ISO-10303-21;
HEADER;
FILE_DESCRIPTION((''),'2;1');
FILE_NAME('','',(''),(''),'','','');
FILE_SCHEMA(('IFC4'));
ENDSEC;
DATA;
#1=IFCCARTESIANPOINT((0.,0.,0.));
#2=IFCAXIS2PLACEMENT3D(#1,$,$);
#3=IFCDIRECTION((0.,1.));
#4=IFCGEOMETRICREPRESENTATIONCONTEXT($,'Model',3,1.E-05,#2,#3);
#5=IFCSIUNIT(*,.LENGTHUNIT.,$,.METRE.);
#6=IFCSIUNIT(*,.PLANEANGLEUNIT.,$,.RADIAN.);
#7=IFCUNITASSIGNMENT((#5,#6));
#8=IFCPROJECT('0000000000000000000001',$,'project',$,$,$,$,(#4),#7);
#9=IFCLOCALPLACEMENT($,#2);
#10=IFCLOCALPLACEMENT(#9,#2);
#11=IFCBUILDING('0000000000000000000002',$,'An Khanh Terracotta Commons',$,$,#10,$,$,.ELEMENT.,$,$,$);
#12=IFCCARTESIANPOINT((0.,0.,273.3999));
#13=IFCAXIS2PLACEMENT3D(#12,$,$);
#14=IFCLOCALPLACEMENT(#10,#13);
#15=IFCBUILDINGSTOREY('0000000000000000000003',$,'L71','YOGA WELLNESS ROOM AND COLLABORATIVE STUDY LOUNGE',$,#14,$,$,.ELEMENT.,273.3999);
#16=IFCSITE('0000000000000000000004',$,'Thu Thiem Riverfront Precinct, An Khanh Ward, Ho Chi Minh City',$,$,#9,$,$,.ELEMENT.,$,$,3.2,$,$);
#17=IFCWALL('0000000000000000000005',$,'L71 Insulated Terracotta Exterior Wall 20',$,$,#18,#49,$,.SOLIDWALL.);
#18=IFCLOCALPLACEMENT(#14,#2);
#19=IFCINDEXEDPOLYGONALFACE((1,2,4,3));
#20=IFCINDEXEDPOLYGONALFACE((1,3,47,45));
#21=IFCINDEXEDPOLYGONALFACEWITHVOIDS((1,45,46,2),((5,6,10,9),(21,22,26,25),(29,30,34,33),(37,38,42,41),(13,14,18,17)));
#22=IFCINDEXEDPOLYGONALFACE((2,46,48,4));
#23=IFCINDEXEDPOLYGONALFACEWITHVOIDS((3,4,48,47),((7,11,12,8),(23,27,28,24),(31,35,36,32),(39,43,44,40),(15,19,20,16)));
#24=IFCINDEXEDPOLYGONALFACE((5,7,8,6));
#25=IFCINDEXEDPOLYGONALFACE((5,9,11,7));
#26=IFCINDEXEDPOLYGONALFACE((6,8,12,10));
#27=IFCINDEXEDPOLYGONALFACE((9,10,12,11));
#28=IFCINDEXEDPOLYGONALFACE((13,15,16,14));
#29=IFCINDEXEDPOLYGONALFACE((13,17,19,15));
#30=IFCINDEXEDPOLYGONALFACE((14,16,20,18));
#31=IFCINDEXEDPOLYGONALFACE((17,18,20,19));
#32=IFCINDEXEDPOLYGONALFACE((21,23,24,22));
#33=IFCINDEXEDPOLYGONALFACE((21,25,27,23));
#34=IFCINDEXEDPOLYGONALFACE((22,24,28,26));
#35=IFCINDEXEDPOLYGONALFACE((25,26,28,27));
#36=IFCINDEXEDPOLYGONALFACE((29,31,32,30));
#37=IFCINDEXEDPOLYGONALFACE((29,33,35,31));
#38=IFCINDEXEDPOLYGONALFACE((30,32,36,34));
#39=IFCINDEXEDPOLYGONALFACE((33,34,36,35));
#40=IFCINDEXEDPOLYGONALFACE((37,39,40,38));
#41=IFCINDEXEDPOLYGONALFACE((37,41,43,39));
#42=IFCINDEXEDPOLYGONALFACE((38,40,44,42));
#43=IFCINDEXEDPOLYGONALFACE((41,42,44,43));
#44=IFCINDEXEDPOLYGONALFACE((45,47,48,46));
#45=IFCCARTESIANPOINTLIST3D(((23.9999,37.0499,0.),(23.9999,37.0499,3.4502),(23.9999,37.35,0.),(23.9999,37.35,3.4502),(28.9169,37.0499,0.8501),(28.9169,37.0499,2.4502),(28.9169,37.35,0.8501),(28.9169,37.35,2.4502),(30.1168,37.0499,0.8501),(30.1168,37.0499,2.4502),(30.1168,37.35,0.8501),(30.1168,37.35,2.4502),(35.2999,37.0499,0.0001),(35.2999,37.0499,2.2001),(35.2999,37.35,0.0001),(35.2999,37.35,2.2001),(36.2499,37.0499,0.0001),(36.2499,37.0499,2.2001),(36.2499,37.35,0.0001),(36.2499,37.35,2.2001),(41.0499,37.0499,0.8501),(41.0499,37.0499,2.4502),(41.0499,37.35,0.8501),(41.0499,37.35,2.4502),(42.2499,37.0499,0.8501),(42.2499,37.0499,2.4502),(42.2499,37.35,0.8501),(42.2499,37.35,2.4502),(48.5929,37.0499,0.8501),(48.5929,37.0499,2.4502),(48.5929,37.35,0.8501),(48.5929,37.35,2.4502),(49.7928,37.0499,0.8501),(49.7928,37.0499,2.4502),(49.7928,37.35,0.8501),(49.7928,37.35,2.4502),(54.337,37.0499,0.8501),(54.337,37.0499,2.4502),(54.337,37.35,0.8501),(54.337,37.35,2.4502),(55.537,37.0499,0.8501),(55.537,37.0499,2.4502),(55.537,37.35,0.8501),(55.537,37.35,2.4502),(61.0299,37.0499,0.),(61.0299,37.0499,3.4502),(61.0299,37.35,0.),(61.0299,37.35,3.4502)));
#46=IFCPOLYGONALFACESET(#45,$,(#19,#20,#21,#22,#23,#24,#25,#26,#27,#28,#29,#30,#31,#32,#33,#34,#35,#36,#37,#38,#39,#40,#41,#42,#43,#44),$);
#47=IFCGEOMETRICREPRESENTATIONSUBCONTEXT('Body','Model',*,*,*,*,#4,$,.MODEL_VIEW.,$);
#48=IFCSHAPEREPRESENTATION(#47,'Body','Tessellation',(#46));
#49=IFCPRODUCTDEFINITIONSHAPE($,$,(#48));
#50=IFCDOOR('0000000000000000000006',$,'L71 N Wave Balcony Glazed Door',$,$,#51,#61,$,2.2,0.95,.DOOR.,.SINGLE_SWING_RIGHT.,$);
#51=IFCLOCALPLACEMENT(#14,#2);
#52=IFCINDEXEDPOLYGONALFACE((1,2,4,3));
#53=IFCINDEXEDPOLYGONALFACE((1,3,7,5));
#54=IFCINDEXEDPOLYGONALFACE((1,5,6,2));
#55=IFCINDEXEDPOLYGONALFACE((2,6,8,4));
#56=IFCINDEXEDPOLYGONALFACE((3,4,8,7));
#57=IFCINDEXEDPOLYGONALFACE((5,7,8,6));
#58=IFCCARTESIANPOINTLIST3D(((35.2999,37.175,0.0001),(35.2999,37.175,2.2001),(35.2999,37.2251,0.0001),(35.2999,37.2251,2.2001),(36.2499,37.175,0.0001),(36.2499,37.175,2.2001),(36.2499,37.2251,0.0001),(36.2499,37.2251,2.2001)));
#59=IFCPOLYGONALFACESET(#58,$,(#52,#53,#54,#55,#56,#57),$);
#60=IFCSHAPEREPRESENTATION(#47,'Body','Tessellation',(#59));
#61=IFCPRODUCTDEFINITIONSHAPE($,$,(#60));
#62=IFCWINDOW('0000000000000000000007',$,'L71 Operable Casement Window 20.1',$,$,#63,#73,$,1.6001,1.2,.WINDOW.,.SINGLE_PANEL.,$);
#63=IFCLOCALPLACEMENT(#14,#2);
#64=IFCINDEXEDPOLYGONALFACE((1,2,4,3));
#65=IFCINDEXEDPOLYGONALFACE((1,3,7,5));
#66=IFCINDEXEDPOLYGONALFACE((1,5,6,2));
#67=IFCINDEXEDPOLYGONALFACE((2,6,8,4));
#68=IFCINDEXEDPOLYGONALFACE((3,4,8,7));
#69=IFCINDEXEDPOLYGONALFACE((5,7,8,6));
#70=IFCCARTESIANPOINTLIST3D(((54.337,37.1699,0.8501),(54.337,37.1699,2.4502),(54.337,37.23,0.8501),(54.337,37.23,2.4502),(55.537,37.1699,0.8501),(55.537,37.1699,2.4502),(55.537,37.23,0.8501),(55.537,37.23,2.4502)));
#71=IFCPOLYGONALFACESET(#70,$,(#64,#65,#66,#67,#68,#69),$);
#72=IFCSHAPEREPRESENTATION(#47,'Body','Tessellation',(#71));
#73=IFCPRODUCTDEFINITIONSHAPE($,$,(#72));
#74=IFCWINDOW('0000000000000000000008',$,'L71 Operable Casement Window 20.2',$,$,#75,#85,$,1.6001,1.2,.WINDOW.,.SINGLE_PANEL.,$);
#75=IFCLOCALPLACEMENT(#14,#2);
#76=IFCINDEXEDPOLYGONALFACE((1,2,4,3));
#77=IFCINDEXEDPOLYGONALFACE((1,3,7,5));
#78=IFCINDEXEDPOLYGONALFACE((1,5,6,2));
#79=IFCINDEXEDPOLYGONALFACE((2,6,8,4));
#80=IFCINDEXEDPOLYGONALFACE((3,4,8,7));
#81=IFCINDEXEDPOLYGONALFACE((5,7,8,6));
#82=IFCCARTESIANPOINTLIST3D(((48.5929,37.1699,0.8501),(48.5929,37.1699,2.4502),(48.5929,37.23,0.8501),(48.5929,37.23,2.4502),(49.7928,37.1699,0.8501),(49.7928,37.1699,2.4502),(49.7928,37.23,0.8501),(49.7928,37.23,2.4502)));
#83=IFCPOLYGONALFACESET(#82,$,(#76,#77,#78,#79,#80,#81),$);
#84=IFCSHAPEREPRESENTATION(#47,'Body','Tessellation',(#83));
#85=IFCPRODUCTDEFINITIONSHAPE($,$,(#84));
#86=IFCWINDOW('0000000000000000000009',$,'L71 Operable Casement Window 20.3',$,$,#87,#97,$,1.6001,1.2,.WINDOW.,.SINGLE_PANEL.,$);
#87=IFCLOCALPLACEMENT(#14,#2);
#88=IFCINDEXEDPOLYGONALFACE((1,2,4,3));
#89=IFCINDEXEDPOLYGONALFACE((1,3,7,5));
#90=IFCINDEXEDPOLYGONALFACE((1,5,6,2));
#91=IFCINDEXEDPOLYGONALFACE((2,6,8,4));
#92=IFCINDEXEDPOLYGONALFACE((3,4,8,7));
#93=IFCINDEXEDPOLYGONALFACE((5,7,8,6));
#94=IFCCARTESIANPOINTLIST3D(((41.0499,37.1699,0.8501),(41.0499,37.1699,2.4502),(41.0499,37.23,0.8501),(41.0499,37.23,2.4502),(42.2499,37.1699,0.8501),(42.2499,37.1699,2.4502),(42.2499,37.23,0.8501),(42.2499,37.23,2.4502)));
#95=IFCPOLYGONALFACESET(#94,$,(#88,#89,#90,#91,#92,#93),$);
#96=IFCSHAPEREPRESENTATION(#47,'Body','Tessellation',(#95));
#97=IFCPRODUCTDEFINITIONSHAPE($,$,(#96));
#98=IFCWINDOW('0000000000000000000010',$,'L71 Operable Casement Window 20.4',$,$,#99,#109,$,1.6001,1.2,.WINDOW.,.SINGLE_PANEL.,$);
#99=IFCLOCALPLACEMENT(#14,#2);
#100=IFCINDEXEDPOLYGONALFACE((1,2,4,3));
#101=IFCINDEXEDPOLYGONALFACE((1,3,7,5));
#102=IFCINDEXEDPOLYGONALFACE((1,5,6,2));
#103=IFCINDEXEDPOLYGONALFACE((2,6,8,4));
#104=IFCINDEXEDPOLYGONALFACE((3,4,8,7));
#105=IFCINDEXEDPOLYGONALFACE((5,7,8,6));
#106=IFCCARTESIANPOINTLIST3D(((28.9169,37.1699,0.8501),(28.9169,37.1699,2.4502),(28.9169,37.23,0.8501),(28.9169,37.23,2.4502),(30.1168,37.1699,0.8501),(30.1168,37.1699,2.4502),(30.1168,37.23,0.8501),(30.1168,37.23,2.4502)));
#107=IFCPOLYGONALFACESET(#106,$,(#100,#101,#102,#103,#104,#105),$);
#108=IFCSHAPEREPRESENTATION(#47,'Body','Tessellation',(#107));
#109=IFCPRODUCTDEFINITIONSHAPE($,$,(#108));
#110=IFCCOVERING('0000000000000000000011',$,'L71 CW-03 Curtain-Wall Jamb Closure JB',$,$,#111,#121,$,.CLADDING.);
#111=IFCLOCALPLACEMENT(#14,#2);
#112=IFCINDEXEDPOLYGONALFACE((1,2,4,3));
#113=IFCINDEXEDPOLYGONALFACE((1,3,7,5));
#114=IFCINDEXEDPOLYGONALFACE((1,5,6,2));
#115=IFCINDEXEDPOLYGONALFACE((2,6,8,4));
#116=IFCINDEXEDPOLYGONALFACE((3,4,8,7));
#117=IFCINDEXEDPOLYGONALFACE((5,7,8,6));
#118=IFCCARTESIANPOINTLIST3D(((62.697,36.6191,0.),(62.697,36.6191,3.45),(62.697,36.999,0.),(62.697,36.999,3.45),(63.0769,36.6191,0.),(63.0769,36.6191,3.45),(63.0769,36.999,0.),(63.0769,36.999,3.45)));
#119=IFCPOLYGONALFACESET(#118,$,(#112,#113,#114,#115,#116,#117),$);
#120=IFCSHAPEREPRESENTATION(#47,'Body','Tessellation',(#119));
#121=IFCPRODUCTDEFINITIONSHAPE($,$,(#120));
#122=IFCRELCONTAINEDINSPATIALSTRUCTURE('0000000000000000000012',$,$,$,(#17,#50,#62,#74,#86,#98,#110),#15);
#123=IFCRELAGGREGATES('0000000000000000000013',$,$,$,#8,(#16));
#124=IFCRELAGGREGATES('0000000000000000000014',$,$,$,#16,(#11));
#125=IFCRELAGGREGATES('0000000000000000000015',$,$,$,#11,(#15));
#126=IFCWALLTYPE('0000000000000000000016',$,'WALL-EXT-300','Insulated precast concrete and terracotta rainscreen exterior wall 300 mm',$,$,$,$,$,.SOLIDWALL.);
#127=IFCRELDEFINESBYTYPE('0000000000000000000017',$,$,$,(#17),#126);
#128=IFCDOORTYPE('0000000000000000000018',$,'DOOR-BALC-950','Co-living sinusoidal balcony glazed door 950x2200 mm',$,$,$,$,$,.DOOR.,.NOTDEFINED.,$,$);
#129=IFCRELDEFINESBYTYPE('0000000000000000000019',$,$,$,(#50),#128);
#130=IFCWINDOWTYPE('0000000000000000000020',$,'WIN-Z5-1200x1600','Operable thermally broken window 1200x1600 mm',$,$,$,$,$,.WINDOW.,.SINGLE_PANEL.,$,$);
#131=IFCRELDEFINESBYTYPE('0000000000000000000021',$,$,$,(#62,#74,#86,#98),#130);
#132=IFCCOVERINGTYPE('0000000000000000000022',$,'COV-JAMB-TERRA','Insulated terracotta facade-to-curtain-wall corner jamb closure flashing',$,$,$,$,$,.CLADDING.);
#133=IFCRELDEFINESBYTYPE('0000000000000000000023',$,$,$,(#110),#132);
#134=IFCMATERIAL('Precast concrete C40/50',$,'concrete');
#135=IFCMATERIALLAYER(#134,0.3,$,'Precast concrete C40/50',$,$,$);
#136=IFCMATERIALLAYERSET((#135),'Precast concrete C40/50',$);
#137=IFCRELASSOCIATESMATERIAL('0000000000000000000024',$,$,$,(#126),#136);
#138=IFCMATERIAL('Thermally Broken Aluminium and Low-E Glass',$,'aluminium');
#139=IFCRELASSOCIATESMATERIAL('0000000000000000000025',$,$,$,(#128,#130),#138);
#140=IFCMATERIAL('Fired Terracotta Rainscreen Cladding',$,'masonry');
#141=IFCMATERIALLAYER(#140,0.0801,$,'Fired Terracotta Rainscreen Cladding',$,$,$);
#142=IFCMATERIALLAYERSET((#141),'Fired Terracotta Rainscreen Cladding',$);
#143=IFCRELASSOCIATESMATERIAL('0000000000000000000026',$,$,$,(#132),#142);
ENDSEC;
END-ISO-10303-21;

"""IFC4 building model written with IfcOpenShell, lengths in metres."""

from ifc_helpers import new_model, si_unit, direction, frame, frame_2d, origin, origin_2d, place, context, subcontext, project, spatial, rectangle, extrude, material, layer, layer_set, type_object, element, fill, save


model = new_model("IFC4")

# Units and contexts
model_context = context("Model", 3, precision=1e-05, world=origin(), true_north=direction((0.0, 1.0)))
body_context = subcontext(model_context, "Body", "Model", "MODEL_VIEW")
ifc_project = project(units=[si_unit("LENGTHUNIT", "METRE"), si_unit("PLANEANGLEUNIT", "RADIAN")], contexts=[model_context])

# Site, building, storey
site_placement = place(None, origin())
site = spatial("IfcSite", under=ifc_project, at=site_placement, Name="Thu Thiem Riverfront Precinct, An Khanh Ward, Ho Chi Minh City", CompositionType="ELEMENT", RefElevation=3.2)
building_placement = place(site_placement, origin())
building = spatial("IfcBuilding", under=site, at=building_placement, Name="An Khanh Terracotta Commons", CompositionType="ELEMENT")
storey_placement = place(building_placement, frame((0.0, 0.0, 273.3999)))
storey = spatial("IfcBuildingStorey", under=building, at=storey_placement, Name="L71", Description="YOGA WELLNESS ROOM AND COLLABORATIVE STUDY LOUNGE", CompositionType="ELEMENT", Elevation=273.3999)

# Shared definitions
ifc_material_1 = material(Name="Precast concrete C40/50", Category="concrete")
ifc_layer_1 = layer(ifc_material_1, 0.3, Name="Precast concrete C40/50")
ifc_layer_set_1 = layer_set([ifc_layer_1], Name="Precast concrete C40/50")
wall_type = type_object("IfcWallType", Name="WALL-EXT-300", Description="Insulated precast concrete and terracotta rainscreen exterior wall 300 mm", PredefinedType="SOLIDWALL", material=ifc_layer_set_1)

# Wall, openings, door, windows
wall_1_placement = place(storey_placement, frame((61.03, 37.2, 0.0), z_axis=(0.0, 0.0, 1.0), x_axis=(-1.0, 0.0, 0.0)))
wall_1 = element("IfcWall", 1, at=wall_1_placement, inside=storey, type_object=wall_type, Name="L71 Insulated Terracotta Exterior Wall 20", PredefinedType="SOLIDWALL", context=body_context, shape_type="SweptSolid", body=[
    extrude(rectangle(XDim=37.03, YDim=0.3, at=frame_2d((18.5151, 0.0))), origin(), (0.0, 0.0, 1.0), 3.4502),
])
opening_1_placement = place(wall_1_placement, frame((24.78, 0.0, 0.0)))
opening_1 = element("IfcOpeningElement", 2, at=opening_1_placement, cuts=wall_1, PredefinedType="OPENING", context=body_context, shape_type="SweptSolid", body=[
    extrude(rectangle(XDim=0.95, YDim=2.2, at=frame_2d((0.4751, 1.1001))), frame((0.0, 0.1599, 0.0), z_axis=(0.0, -1.0, 0.0), x_axis=(1.0, 0.0, 0.0)), (0.0, 0.0, 1.0), 0.3201),
])
opening_2_placement = place(wall_1_placement, frame((5.4929, 0.0, 0.8501)))
opening_2 = element("IfcOpeningElement", 3, at=opening_2_placement, cuts=wall_1, PredefinedType="OPENING", context=body_context, shape_type="SweptSolid", body=[
    extrude(rectangle(XDim=1.2, YDim=1.6001, at=frame_2d((0.6001, 0.8))), frame((0.0, 0.1599, 0.0), z_axis=(0.0, -1.0, 0.0), x_axis=(1.0, 0.0, 0.0)), (0.0, 0.0, 1.0), 0.3201),
])
opening_3_placement = place(wall_1_placement, frame((11.2371, 0.0, 0.8501)))
opening_3 = element("IfcOpeningElement", 4, at=opening_3_placement, cuts=wall_1, PredefinedType="OPENING", context=body_context, shape_type="SweptSolid", body=[
    extrude(rectangle(XDim=1.2, YDim=1.6001, at=frame_2d((0.6001, 0.8))), frame((0.0, 0.1599, 0.0), z_axis=(0.0, -1.0, 0.0), x_axis=(1.0, 0.0, 0.0)), (0.0, 0.0, 1.0), 0.3201),
])
opening_4_placement = place(wall_1_placement, frame((18.78, 0.0, 0.8501)))
opening_4 = element("IfcOpeningElement", 5, at=opening_4_placement, cuts=wall_1, PredefinedType="OPENING", context=body_context, shape_type="SweptSolid", body=[
    extrude(rectangle(XDim=1.2, YDim=1.6001, at=frame_2d((0.6001, 0.8))), frame((0.0, 0.1599, 0.0), z_axis=(0.0, -1.0, 0.0), x_axis=(1.0, 0.0, 0.0)), (0.0, 0.0, 1.0), 0.3201),
])
opening_5_placement = place(wall_1_placement, frame((30.9131, 0.0, 0.8501)))
opening_5 = element("IfcOpeningElement", 6, at=opening_5_placement, cuts=wall_1, PredefinedType="OPENING", context=body_context, shape_type="SweptSolid", body=[
    extrude(rectangle(XDim=1.2, YDim=1.6001, at=frame_2d((0.6001, 0.8))), frame((0.0, 0.1599, 0.0), z_axis=(0.0, -1.0, 0.0), x_axis=(1.0, 0.0, 0.0)), (0.0, 0.0, 1.0), 0.3201),
])
ifc_material_2 = material(Name="Thermally Broken Aluminium and Low-E Glass", Category="aluminium")
door_type = type_object("IfcDoorType", Name="DOOR-BALC-950", Description="Co-living sinusoidal balcony glazed door 950x2200 mm", OperationType="NOTDEFINED", PredefinedType="DOOR", material=ifc_material_2)
door_placement = place(opening_1_placement, origin())
door = element("IfcDoor", 7, at=door_placement, inside=storey, type_object=door_type, Name="L71 N Wave Balcony Glazed Door", OperationType="SINGLE_SWING_RIGHT", OverallHeight=2.2, OverallWidth=0.95, PredefinedType="DOOR", context=body_context, shape_type="SweptSolid", body=[
    extrude(rectangle(XDim=0.95, YDim=2.2, at=frame_2d((0.4751, 1.1001))), frame((0.0, 0.0249, 0.0), z_axis=(0.0, -1.0, 0.0), x_axis=(1.0, 0.0, 0.0)), (0.0, 0.0, 1.0), 0.05),
])
fill(opening_1, door)
window_type = type_object("IfcWindowType", Name="WIN-Z5-1200x1600", Description="Operable thermally broken window 1200x1600 mm", PartitioningType="SINGLE_PANEL", PredefinedType="WINDOW", material=ifc_material_2)
window_1_placement = place(opening_2_placement, origin())
window_1 = element("IfcWindow", 8, at=window_1_placement, inside=storey, type_object=window_type, Name="L71 Operable Casement Window 20.1", OverallHeight=1.6001, OverallWidth=1.2, PartitioningType="SINGLE_PANEL", PredefinedType="WINDOW", context=body_context, shape_type="SweptSolid", body=[
    extrude(rectangle(XDim=1.2, YDim=1.6001, at=frame_2d((0.6001, 0.8))), frame((0.0, 0.03, 0.0), z_axis=(0.0, -1.0, 0.0), x_axis=(1.0, 0.0, 0.0)), (0.0, 0.0, 1.0), 0.0601),
])
fill(opening_2, window_1)
window_2_placement = place(opening_3_placement, origin())
window_2 = element("IfcWindow", 9, at=window_2_placement, inside=storey, type_object=window_type, Name="L71 Operable Casement Window 20.2", OverallHeight=1.6001, OverallWidth=1.2, PartitioningType="SINGLE_PANEL", PredefinedType="WINDOW", context=body_context, shape_type="SweptSolid", body=[
    extrude(rectangle(XDim=1.2, YDim=1.6001, at=frame_2d((0.6001, 0.8))), frame((0.0, 0.03, 0.0), z_axis=(0.0, -1.0, 0.0), x_axis=(1.0, 0.0, 0.0)), (0.0, 0.0, 1.0), 0.0601),
])
fill(opening_3, window_2)
window_3_placement = place(opening_4_placement, origin())
window_3 = element("IfcWindow", 10, at=window_3_placement, inside=storey, type_object=window_type, Name="L71 Operable Casement Window 20.3", OverallHeight=1.6001, OverallWidth=1.2, PartitioningType="SINGLE_PANEL", PredefinedType="WINDOW", context=body_context, shape_type="SweptSolid", body=[
    extrude(rectangle(XDim=1.2, YDim=1.6001, at=frame_2d((0.6001, 0.8))), frame((0.0, 0.03, 0.0), z_axis=(0.0, -1.0, 0.0), x_axis=(1.0, 0.0, 0.0)), (0.0, 0.0, 1.0), 0.0601),
])
fill(opening_4, window_3)
window_4_placement = place(opening_5_placement, origin())
window_4 = element("IfcWindow", 11, at=window_4_placement, inside=storey, type_object=window_type, Name="L71 Operable Casement Window 20.4", OverallHeight=1.6001, OverallWidth=1.2, PartitioningType="SINGLE_PANEL", PredefinedType="WINDOW", context=body_context, shape_type="SweptSolid", body=[
    extrude(rectangle(XDim=1.2, YDim=1.6001, at=frame_2d((0.6001, 0.8))), frame((0.0, 0.03, 0.0), z_axis=(0.0, -1.0, 0.0), x_axis=(1.0, 0.0, 0.0)), (0.0, 0.0, 1.0), 0.0601),
])
fill(opening_5, window_4)

# Covering
ifc_material_3 = material(Name="Fired Terracotta Rainscreen Cladding", Category="masonry")
ifc_layer_2 = layer(ifc_material_3, 0.0801, Name="Fired Terracotta Rainscreen Cladding")
ifc_layer_set_2 = layer_set([ifc_layer_2], Name="Fired Terracotta Rainscreen Cladding")
covering_type = type_object("IfcCoveringType", Name="COV-JAMB-TERRA", Description="Insulated terracotta facade-to-curtain-wall corner jamb closure flashing", PredefinedType="CLADDING", material=ifc_layer_set_2)
covering_placement = place(storey_placement, frame((62.887, 36.8091, 0.0), z_axis=(0.0, 0.0, 1.0), x_axis=(1.0, 0.0, 0.0)))
element("IfcCovering", 12, at=covering_placement, inside=storey, type_object=covering_type, Name="L71 CW-03 Curtain-Wall Jamb Closure JB", PredefinedType="CLADDING", context=body_context, shape_type="SweptSolid", body=[
    extrude(rectangle(XDim=0.3799, YDim=0.3799, at=origin_2d()), origin(), (0.0, 0.0, 1.0), 3.45),
])

save(model, "model.ifc")
